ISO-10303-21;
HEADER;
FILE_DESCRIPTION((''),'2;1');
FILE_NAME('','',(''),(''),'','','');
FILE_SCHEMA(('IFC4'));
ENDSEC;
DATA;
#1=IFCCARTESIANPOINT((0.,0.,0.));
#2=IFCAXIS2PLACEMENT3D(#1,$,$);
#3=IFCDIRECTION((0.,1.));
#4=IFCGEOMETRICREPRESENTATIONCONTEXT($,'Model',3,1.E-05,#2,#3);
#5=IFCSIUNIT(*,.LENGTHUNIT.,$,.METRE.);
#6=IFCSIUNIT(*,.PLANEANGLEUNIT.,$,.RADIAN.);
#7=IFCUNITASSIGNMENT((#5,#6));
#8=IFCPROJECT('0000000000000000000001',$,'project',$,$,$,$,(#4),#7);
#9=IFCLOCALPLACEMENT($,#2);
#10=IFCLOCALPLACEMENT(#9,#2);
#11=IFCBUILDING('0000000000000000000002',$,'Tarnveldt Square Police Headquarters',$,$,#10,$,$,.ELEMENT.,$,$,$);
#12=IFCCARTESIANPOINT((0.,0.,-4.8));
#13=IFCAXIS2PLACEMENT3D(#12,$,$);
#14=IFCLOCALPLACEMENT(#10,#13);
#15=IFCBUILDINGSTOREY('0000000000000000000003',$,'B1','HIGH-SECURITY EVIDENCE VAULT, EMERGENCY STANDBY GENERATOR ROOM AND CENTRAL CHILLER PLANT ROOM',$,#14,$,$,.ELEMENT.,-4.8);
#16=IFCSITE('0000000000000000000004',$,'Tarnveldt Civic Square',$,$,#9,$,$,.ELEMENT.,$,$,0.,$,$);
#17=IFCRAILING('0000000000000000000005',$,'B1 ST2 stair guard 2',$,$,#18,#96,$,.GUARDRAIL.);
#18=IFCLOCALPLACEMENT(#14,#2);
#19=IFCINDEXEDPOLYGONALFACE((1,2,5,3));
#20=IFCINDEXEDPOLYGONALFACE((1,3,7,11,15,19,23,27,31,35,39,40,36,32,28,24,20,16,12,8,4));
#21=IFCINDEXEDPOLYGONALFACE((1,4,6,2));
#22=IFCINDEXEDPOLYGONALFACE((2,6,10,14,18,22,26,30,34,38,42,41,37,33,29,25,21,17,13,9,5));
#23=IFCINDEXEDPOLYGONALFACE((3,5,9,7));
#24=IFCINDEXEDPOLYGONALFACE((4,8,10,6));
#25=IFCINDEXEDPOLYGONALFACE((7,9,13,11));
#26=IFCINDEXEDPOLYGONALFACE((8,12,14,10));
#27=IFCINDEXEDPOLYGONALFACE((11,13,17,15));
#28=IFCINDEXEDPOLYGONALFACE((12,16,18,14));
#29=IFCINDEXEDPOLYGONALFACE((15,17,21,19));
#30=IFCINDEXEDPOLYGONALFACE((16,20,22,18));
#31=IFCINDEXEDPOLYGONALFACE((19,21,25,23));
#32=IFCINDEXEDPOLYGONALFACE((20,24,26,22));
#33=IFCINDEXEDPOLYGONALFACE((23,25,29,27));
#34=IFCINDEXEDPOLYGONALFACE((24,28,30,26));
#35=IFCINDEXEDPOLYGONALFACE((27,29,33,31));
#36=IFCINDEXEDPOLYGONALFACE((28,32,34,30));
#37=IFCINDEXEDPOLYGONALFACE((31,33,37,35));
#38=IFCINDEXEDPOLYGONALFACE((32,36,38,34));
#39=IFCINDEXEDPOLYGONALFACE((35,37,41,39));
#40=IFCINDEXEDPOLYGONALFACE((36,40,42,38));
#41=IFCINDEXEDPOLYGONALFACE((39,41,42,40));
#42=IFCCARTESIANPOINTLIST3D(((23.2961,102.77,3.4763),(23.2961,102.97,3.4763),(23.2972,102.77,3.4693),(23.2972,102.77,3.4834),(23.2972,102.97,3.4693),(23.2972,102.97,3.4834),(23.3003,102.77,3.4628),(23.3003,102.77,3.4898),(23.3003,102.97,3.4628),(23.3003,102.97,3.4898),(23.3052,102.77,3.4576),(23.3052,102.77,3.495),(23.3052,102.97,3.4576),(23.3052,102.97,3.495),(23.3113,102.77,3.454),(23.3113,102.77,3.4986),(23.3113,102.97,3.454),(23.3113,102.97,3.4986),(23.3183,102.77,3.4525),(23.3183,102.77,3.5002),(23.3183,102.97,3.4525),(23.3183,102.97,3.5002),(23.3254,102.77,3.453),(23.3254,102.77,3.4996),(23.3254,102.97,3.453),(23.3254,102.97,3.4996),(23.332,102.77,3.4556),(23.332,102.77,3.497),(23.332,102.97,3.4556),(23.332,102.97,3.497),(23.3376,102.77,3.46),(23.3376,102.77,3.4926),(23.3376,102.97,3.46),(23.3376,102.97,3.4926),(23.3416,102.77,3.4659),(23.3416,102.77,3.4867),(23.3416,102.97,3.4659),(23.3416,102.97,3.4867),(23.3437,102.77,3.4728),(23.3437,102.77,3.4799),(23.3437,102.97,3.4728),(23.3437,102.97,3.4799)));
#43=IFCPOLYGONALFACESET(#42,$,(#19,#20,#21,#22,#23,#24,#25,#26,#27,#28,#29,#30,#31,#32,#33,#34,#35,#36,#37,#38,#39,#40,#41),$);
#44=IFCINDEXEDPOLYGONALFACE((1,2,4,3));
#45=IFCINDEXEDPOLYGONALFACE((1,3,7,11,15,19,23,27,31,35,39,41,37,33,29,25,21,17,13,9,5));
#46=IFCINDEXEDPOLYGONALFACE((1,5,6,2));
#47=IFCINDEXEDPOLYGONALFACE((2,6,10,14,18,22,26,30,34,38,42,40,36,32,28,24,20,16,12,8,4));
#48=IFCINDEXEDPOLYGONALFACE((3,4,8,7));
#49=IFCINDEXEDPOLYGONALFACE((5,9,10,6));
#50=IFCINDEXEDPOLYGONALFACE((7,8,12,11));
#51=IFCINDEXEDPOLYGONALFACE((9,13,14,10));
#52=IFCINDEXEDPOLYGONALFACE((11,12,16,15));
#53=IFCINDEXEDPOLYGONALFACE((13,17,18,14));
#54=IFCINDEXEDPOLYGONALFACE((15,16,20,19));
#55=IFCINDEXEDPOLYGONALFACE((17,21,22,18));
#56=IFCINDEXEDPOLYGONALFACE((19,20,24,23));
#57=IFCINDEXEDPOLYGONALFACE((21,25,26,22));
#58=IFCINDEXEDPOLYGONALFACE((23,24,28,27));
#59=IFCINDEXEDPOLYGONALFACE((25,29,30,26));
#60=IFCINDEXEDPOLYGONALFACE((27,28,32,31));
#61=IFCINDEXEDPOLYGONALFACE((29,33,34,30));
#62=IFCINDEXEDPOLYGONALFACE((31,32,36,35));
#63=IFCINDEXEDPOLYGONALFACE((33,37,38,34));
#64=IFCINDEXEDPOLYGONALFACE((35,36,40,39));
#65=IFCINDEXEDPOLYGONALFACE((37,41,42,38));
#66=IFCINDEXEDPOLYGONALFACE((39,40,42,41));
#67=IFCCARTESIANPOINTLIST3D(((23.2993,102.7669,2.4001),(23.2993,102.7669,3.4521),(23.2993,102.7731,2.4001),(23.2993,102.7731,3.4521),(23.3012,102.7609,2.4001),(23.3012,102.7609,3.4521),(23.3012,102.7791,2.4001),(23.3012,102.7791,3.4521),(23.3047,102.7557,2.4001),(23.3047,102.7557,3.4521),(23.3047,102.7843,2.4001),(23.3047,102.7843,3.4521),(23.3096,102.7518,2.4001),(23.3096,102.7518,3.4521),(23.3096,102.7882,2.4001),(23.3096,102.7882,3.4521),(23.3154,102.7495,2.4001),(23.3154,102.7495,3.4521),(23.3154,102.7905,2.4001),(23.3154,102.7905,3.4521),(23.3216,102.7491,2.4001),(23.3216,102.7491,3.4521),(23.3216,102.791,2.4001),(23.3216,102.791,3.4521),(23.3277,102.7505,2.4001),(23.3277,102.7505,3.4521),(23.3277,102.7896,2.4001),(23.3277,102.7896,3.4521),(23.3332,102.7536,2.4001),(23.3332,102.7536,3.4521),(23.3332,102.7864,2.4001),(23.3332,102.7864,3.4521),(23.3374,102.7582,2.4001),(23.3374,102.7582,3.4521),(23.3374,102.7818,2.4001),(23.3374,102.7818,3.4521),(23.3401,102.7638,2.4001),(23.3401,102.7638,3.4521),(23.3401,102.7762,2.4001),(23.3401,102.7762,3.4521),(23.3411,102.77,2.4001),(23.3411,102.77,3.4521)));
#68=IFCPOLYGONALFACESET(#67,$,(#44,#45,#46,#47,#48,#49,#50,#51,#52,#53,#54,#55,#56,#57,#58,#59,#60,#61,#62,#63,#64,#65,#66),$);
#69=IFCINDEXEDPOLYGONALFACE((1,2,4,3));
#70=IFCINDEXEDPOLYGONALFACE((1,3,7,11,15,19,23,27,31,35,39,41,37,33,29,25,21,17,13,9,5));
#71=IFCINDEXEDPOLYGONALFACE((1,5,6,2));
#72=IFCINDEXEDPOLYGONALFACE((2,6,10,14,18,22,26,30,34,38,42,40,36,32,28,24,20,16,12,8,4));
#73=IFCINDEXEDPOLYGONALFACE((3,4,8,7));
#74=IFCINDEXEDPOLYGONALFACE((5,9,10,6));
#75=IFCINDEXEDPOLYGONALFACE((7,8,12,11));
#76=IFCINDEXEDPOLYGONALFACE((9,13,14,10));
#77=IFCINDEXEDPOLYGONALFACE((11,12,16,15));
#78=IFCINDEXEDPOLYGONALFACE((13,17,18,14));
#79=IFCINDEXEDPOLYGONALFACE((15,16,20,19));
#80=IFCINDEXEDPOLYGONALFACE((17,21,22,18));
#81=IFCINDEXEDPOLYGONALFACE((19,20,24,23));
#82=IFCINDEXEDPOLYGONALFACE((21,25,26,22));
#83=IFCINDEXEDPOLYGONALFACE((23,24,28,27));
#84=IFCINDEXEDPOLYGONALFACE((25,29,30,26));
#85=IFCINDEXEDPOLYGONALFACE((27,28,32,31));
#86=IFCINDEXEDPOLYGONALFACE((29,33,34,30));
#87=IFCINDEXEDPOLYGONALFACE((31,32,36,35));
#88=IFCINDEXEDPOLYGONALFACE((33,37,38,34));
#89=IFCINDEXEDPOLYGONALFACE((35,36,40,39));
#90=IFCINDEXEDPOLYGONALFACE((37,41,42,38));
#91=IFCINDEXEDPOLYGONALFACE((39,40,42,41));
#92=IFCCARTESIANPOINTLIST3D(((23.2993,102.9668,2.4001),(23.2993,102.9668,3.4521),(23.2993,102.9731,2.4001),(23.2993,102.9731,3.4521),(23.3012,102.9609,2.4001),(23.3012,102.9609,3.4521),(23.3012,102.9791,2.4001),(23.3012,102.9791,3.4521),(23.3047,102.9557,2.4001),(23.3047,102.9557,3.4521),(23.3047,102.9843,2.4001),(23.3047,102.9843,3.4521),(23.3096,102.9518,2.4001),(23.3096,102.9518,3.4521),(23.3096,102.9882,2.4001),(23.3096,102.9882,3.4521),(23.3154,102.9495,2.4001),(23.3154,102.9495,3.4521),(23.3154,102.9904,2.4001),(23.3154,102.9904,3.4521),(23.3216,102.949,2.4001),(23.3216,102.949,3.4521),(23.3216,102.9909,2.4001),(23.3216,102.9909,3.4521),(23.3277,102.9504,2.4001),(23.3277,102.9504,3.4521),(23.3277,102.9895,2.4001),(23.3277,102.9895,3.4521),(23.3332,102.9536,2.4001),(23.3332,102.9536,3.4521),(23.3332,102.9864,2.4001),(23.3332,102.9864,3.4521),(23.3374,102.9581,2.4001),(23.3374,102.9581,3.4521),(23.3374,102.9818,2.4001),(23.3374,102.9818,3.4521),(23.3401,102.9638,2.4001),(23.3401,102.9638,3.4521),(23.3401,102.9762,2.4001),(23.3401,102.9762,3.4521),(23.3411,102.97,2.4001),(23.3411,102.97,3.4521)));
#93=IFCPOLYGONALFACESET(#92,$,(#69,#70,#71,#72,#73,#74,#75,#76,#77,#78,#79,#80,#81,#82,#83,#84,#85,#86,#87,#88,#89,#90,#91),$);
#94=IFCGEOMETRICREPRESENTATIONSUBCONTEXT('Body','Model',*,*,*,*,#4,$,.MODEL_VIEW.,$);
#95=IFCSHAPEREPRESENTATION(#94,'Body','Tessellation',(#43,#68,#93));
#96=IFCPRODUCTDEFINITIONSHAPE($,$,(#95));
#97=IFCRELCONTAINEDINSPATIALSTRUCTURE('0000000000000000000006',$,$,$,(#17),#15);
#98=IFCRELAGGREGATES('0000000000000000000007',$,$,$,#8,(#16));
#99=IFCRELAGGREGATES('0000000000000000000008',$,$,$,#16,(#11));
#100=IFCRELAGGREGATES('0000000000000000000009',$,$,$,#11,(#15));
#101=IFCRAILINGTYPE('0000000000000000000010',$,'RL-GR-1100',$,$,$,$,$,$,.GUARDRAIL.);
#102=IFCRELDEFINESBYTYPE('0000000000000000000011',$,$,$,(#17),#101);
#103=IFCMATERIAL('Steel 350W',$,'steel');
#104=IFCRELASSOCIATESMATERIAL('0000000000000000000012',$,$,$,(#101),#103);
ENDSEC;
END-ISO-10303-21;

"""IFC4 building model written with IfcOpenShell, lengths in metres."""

from ifc_helpers import new_model, si_unit, direction, frame, origin, origin_2d, place, context, subcontext, project, spatial, circle, extrude, material, type_object, element, save


model = new_model("IFC4")

# Units and contexts
model_context = context("Model", 3, precision=1e-05, world=origin(), true_north=direction((0.0, 1.0)))
body_context = subcontext(model_context, "Body", "Model", "MODEL_VIEW")
ifc_project = project(units=[si_unit("LENGTHUNIT", "METRE"), si_unit("PLANEANGLEUNIT", "RADIAN")], contexts=[model_context])

# Site, building, storey
site_placement = place(None, origin())
site = spatial("IfcSite", under=ifc_project, at=site_placement, Name="Tarnveldt Civic Square", CompositionType="ELEMENT", RefElevation=0.0)
building_placement = place(site_placement, origin())
building = spatial("IfcBuilding", under=site, at=building_placement, Name="Tarnveldt Square Police Headquarters", CompositionType="ELEMENT")
storey_placement = place(building_placement, frame((0.0, 0.0, -4.8)))
storey = spatial("IfcBuildingStorey", under=building, at=storey_placement, Name="B1", Description="HIGH-SECURITY EVIDENCE VAULT, EMERGENCY STANDBY GENERATOR ROOM AND CENTRAL CHILLER PLANT ROOM", CompositionType="ELEMENT", Elevation=-4.8)

# Railing
ifc_material_1 = material(Name="Steel 350W", Category="steel")
railing_type = type_object("IfcRailingType", Name="RL-GR-1100", PredefinedType="GUARDRAIL", material=ifc_material_1)
railing_placement = place(storey_placement, frame((23.3201, 102.77, 2.4001)))
element("IfcRailing", 1, at=railing_placement, inside=storey, type_object=railing_type, Name="B1 ST2 stair guard 2", PredefinedType="GUARDRAIL", context=body_context, shape_type="SweptSolid", body=[
    extrude(circle(Radius=0.0239, at=origin_2d()), frame((0.0, 0.0, 1.0762), z_axis=(0.0, 1.0, 0.0), x_axis=(-1.0, 0.0, 0.0)), (0.0, 0.0, 1.0), 0.2),
    extrude(circle(Radius=0.021, at=origin_2d()), origin(), (0.0, 0.0, 1.0), 1.052),
    extrude(circle(Radius=0.021, at=origin_2d()), frame((0.0, 0.2, 0.0)), (0.0, 0.0, 1.0), 1.052),
])

save(model, "model.ifc")
